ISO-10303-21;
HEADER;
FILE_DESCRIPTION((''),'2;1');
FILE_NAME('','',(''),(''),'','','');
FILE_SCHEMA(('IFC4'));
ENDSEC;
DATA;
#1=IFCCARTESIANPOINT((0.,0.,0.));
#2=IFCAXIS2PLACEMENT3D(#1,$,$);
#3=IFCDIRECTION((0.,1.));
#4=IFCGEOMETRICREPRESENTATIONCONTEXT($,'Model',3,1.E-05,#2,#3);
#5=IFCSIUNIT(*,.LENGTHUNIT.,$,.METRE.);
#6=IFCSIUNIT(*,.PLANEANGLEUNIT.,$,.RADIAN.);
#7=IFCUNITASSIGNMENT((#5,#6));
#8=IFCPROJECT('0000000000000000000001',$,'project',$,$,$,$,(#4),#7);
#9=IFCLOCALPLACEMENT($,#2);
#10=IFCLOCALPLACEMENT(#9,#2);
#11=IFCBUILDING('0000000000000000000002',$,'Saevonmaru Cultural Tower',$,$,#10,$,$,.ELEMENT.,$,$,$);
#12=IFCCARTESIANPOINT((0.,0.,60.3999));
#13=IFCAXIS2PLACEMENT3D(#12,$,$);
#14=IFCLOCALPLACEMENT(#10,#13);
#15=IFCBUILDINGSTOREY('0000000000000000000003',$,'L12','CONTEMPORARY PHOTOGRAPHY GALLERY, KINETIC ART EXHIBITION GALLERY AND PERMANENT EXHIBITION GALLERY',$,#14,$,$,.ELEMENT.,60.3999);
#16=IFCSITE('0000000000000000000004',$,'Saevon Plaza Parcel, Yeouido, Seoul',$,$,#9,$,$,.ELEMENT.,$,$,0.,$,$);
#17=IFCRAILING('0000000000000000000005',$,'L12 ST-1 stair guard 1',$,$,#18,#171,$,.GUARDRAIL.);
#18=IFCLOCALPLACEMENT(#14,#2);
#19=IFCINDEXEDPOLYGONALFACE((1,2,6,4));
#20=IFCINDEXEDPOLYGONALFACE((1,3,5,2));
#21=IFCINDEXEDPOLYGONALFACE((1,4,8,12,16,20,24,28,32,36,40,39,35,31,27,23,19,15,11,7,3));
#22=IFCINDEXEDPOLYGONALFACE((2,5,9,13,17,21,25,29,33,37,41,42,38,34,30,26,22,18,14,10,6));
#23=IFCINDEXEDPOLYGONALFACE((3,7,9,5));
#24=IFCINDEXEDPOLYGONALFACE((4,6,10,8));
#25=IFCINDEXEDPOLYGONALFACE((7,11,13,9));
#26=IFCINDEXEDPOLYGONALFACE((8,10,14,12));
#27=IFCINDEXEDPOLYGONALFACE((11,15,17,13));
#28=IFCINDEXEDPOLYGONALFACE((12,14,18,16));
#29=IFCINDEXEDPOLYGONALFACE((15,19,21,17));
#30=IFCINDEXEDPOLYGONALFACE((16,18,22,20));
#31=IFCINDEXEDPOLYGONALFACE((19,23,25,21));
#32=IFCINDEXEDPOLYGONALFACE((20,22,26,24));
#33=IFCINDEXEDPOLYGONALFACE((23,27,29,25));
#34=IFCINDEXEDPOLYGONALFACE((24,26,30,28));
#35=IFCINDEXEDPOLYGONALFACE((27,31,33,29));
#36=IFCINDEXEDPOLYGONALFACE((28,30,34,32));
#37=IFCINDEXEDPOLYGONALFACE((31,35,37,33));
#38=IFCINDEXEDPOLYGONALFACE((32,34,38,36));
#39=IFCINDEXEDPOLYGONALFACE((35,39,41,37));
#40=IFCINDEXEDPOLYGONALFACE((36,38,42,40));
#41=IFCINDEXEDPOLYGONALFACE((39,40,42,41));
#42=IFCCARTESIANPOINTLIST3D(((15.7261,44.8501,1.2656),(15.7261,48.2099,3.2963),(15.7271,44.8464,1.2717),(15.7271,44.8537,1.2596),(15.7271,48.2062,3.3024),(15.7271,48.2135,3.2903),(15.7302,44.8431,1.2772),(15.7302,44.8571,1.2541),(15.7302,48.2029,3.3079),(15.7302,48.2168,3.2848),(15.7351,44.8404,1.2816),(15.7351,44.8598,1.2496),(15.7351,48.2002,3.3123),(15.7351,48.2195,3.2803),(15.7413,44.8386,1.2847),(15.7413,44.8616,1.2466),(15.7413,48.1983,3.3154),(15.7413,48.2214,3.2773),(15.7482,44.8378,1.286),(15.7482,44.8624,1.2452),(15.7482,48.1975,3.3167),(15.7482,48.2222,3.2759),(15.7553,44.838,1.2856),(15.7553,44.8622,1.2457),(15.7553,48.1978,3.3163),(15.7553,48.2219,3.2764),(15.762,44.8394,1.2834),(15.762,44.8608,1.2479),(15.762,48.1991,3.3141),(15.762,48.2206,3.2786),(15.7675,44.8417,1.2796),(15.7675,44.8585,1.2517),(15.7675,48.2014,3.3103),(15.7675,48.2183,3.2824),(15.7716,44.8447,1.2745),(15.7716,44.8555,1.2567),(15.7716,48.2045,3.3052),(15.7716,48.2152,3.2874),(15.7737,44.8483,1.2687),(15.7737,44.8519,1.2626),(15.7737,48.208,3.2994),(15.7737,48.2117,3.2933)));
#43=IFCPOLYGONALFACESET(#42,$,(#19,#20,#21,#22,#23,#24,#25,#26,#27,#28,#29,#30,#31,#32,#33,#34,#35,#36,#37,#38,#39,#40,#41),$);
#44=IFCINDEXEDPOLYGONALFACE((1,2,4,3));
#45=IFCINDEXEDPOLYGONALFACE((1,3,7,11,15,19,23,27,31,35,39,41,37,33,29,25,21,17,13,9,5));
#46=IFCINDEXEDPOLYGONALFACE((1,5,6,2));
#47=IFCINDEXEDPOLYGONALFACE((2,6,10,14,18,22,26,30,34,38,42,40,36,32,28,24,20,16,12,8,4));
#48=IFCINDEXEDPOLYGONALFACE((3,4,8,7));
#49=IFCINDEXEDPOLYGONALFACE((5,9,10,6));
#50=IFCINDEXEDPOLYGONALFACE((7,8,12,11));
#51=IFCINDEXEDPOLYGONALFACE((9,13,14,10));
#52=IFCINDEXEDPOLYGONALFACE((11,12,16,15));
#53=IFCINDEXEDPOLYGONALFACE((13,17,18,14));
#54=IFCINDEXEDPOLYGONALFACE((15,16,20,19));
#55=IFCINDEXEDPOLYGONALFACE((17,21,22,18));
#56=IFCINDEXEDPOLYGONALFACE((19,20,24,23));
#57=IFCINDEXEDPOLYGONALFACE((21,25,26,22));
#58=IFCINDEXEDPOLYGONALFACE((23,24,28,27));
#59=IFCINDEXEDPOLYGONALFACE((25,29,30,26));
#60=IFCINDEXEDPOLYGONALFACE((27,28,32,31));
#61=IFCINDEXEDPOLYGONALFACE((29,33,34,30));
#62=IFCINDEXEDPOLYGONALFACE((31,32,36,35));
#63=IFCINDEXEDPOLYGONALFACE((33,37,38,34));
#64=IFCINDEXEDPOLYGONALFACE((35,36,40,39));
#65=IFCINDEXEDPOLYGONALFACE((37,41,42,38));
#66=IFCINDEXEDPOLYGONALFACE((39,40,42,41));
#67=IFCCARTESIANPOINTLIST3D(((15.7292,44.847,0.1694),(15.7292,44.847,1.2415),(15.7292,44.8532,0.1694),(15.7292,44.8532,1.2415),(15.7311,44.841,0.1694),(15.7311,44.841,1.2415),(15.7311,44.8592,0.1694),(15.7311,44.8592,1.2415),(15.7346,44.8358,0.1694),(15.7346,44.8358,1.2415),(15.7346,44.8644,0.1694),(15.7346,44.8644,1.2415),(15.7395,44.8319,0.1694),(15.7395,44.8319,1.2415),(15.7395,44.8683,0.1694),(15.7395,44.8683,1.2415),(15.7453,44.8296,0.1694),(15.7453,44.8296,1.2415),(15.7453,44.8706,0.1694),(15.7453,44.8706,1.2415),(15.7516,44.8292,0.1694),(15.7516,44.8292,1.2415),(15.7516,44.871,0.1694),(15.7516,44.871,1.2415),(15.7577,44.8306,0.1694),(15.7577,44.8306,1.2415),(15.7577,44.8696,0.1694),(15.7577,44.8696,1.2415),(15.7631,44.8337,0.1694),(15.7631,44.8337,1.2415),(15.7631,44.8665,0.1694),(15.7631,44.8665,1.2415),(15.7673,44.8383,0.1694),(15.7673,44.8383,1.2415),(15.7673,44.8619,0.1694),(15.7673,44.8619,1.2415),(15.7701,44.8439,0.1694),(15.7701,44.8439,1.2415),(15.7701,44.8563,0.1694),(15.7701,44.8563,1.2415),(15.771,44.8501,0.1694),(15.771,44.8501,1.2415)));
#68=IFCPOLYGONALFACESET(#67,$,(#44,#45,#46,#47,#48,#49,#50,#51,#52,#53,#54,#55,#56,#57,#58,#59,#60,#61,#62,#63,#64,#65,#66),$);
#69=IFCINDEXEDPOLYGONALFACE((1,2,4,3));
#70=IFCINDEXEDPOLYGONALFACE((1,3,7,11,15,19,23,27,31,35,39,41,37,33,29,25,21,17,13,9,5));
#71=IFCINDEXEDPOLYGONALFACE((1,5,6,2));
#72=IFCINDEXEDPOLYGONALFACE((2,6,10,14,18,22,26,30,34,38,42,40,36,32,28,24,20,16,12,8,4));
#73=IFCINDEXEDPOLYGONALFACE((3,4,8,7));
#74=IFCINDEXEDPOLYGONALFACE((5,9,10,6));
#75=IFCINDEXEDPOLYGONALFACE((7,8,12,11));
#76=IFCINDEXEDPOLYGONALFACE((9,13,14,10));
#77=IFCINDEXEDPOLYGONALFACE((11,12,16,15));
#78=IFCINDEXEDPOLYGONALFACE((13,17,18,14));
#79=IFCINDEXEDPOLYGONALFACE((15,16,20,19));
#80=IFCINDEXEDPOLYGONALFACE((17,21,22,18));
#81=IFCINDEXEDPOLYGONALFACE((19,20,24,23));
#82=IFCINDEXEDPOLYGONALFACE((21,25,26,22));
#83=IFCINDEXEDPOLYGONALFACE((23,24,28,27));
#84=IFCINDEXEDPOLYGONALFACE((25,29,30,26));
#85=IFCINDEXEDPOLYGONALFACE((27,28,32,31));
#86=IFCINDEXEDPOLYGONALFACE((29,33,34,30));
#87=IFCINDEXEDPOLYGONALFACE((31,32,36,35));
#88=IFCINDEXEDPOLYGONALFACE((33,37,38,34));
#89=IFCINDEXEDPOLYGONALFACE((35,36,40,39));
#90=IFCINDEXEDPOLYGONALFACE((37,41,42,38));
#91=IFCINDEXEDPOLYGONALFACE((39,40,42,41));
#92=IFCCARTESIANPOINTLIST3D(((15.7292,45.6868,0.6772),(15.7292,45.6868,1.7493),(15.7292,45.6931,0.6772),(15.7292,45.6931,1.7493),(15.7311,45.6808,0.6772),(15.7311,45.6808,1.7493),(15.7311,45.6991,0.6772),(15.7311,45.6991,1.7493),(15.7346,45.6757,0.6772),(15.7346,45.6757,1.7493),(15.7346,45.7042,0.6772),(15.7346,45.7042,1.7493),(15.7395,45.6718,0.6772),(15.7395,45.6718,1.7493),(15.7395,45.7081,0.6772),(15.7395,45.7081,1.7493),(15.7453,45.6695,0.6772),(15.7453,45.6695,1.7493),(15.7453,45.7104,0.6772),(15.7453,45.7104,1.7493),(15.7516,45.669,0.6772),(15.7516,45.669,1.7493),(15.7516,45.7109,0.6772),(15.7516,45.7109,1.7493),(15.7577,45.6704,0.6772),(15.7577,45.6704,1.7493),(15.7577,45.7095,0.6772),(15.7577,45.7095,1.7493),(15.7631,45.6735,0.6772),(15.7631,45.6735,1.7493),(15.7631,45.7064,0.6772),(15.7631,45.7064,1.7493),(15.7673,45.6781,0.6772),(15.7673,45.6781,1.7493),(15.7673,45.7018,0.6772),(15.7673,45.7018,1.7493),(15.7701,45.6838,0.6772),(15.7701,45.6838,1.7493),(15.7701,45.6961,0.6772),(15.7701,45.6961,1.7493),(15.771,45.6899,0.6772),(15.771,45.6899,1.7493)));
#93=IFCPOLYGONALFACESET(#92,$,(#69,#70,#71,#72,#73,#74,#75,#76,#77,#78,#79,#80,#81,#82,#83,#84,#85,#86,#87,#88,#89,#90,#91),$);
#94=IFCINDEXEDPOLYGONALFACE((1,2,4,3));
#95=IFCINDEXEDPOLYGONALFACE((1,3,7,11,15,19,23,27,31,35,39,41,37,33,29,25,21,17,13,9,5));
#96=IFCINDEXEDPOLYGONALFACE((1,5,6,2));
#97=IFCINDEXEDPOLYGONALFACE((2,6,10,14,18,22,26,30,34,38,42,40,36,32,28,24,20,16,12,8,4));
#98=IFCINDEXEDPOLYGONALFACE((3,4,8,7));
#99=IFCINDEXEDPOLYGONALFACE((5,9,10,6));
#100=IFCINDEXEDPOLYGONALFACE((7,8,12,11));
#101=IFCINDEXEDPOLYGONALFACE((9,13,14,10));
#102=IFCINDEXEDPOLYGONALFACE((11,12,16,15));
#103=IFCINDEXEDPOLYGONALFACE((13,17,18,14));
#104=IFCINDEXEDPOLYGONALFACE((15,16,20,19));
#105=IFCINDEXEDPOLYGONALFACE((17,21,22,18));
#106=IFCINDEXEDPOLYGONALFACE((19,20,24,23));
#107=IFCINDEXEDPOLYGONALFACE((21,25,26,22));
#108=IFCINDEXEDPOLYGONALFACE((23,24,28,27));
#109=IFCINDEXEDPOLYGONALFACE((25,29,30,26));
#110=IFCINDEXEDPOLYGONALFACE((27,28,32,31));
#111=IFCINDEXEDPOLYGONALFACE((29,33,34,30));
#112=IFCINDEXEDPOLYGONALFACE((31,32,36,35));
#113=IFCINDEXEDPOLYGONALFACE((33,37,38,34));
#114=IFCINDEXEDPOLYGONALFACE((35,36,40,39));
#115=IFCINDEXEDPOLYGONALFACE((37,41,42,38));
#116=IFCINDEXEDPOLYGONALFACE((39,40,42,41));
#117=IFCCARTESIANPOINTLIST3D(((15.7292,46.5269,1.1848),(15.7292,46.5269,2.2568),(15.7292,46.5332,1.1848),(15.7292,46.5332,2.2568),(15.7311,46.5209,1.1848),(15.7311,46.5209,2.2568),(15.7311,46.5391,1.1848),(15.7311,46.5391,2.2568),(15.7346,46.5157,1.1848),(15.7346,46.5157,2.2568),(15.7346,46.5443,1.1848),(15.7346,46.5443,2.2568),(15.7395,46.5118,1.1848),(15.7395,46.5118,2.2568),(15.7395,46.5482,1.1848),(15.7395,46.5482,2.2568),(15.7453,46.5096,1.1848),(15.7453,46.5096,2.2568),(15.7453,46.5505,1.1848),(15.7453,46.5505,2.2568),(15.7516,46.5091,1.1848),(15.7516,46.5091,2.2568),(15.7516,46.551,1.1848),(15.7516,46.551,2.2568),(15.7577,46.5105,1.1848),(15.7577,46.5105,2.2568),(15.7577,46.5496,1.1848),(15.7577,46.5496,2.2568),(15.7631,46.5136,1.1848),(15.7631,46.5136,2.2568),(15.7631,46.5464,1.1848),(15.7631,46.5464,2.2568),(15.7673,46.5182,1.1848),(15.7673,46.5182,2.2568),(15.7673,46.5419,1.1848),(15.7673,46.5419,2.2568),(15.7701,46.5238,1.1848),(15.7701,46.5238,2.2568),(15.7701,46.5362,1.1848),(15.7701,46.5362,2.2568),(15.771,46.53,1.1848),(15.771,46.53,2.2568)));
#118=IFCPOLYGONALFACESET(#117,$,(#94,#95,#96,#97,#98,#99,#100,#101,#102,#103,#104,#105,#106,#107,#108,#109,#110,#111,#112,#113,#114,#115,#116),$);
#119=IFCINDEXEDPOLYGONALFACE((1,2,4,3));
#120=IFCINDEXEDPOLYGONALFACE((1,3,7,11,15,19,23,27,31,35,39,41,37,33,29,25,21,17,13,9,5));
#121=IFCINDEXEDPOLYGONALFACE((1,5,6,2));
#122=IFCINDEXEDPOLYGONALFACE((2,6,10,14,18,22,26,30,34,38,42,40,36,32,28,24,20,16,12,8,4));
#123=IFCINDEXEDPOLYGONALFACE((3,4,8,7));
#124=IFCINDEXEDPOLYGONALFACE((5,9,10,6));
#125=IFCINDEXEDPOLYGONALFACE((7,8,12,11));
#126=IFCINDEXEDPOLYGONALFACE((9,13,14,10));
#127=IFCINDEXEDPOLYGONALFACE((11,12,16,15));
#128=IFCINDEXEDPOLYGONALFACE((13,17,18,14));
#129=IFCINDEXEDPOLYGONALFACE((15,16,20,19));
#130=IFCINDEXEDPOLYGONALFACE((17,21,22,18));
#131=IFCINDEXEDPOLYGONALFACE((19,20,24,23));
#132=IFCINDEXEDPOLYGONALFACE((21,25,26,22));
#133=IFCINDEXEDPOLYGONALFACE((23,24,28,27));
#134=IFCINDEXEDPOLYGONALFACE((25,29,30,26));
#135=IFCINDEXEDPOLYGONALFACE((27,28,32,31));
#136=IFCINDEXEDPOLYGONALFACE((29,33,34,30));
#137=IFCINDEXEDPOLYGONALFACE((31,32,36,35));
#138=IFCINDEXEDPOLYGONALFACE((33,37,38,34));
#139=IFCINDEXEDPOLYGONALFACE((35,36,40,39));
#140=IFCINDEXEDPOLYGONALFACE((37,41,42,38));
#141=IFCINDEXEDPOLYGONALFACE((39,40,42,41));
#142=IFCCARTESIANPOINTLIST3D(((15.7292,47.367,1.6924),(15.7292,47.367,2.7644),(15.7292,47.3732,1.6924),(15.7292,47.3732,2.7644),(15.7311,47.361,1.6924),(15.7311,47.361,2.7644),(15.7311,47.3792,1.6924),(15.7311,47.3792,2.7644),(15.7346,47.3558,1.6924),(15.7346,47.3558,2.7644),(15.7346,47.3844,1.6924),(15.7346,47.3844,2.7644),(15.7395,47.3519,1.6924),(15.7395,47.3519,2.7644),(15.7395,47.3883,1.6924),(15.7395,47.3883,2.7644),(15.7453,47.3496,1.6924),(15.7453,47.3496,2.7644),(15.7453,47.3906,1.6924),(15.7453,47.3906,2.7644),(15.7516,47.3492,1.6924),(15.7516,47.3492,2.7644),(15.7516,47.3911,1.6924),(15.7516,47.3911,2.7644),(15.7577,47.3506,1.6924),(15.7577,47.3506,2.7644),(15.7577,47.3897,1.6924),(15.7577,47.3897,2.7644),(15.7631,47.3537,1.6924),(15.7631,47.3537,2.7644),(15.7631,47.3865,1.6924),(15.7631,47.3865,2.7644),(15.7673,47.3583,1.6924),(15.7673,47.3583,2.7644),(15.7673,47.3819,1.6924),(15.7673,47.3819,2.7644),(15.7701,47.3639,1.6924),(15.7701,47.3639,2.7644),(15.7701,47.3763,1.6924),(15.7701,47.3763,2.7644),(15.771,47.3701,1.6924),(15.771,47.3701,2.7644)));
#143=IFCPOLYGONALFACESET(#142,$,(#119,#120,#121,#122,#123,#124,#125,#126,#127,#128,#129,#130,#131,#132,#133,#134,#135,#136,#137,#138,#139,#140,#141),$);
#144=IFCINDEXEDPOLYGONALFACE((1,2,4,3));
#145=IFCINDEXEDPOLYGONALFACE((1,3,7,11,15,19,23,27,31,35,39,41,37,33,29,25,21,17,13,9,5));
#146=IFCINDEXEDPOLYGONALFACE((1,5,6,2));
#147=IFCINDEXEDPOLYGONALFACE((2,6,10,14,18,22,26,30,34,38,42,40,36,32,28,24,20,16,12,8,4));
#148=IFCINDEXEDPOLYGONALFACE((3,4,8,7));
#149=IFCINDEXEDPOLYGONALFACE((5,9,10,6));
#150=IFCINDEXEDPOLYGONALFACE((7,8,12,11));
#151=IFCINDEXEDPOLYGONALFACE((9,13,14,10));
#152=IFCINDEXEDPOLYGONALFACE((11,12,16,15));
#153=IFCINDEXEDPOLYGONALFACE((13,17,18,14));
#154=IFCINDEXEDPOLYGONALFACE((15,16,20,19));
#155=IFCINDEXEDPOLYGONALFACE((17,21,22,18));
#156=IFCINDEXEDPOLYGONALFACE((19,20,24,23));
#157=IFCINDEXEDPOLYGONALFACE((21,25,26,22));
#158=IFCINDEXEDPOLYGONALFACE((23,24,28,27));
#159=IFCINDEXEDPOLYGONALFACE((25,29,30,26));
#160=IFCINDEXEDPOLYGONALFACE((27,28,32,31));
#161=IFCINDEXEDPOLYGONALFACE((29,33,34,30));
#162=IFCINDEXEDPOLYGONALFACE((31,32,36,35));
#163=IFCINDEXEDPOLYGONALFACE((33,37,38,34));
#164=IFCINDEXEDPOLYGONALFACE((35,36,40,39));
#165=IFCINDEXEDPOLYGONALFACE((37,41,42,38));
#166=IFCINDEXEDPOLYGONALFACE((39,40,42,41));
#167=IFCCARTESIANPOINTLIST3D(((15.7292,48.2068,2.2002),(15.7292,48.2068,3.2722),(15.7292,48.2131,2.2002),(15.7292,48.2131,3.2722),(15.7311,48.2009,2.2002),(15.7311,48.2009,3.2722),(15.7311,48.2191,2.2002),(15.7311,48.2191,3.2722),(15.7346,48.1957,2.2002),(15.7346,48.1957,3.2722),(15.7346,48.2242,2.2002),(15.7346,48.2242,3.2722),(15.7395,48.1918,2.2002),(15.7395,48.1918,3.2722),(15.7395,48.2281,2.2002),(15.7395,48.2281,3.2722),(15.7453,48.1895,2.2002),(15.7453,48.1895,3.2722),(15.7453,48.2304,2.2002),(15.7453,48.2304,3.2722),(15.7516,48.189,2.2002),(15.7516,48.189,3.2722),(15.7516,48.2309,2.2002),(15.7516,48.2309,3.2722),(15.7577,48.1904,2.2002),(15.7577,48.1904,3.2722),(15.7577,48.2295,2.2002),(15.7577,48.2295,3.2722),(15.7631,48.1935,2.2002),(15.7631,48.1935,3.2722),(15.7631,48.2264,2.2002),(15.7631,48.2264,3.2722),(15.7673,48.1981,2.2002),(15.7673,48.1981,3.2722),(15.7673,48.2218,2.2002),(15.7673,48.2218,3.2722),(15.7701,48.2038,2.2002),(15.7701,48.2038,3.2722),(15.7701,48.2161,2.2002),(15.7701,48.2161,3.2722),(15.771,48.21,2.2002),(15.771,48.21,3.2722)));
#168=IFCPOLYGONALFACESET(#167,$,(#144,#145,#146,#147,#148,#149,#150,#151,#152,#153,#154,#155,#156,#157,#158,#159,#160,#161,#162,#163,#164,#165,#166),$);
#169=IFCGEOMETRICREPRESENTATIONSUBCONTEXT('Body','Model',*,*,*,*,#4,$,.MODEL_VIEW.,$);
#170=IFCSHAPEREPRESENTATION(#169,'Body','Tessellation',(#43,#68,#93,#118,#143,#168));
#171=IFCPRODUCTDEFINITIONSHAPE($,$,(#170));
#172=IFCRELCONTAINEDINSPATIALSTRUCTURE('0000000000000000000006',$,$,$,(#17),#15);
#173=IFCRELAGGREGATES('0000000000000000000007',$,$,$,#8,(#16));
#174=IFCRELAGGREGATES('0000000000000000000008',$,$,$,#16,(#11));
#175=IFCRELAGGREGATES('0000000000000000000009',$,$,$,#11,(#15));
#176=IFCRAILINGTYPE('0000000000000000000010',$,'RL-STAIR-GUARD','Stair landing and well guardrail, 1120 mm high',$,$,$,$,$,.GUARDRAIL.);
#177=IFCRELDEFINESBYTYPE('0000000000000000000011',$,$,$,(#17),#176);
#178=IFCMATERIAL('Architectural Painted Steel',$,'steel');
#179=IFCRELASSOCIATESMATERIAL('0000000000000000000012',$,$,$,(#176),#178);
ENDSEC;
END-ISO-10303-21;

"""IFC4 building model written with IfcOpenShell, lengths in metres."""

from ifc_helpers import new_model, si_unit, direction, frame, origin, origin_2d, place, context, subcontext, project, spatial, circle, extrude, material, type_object, element, save


model = new_model("IFC4")

# Units and contexts
model_context = context("Model", 3, precision=1e-05, world=origin(), true_north=direction((0.0, 1.0)))
body_context = subcontext(model_context, "Body", "Model", "MODEL_VIEW")
ifc_project = project(units=[si_unit("LENGTHUNIT", "METRE"), si_unit("PLANEANGLEUNIT", "RADIAN")], contexts=[model_context])

# Site, building, storey
site_placement = place(None, origin())
site = spatial("IfcSite", under=ifc_project, at=site_placement, Name="Saevon Plaza Parcel, Yeouido, Seoul", CompositionType="ELEMENT", RefElevation=0.0)
building_placement = place(site_placement, origin())
building = spatial("IfcBuilding", under=site, at=building_placement, Name="Saevonmaru Cultural Tower", CompositionType="ELEMENT")
storey_placement = place(building_placement, frame((0.0, 0.0, 60.3999)))
storey = spatial("IfcBuildingStorey", under=building, at=storey_placement, Name="L12", Description="CONTEMPORARY PHOTOGRAPHY GALLERY, KINETIC ART EXHIBITION GALLERY AND PERMANENT EXHIBITION GALLERY", CompositionType="ELEMENT", Elevation=60.3999)

# Railing
ifc_material_1 = material(Name="Architectural Painted Steel", Category="steel")
railing_type_1 = type_object("IfcRailingType", Name="RL-STAIR-GUARD", Description="Stair landing and well guardrail, 1120 mm high", PredefinedType="GUARDRAIL", material=ifc_material_1)
railing_1_placement = place(storey_placement, frame((15.75, 44.8501, 0.1694)))
element("IfcRailing", 1, at=railing_1_placement, inside=storey, type_object=railing_type_1, Name="L12 ST-1 stair guard 1", PredefinedType="GUARDRAIL", context=body_context, shape_type="SweptSolid", body=[
    extrude(circle(Radius=0.0239, at=origin_2d()), frame((0.0, 0.0, 1.0962), z_axis=(0.0, 0.85582, 0.517273), x_axis=(-1.0, 0.0, 0.0)), (0.0, 0.0, 1.0), 3.9258),
    extrude(circle(Radius=0.021, at=origin_2d()), origin(), (0.0, 0.0, 1.0), 1.072),
    extrude(circle(Radius=0.021, at=origin_2d()), frame((0.0, 0.8398, 0.5078)), (0.0, 0.0, 1.0), 1.072),
    extrude(circle(Radius=0.021, at=origin_2d()), frame((0.0, 1.6799, 1.0154)), (0.0, 0.0, 1.0), 1.072),
    extrude(circle(Radius=0.021, at=origin_2d()), frame((0.0, 2.52, 1.5229)), (0.0, 0.0, 1.0), 1.072),
    extrude(circle(Radius=0.021, at=origin_2d()), frame((0.0, 3.3599, 2.0308)), (0.0, 0.0, 1.0), 1.072),
])

save(model, "model.ifc")
